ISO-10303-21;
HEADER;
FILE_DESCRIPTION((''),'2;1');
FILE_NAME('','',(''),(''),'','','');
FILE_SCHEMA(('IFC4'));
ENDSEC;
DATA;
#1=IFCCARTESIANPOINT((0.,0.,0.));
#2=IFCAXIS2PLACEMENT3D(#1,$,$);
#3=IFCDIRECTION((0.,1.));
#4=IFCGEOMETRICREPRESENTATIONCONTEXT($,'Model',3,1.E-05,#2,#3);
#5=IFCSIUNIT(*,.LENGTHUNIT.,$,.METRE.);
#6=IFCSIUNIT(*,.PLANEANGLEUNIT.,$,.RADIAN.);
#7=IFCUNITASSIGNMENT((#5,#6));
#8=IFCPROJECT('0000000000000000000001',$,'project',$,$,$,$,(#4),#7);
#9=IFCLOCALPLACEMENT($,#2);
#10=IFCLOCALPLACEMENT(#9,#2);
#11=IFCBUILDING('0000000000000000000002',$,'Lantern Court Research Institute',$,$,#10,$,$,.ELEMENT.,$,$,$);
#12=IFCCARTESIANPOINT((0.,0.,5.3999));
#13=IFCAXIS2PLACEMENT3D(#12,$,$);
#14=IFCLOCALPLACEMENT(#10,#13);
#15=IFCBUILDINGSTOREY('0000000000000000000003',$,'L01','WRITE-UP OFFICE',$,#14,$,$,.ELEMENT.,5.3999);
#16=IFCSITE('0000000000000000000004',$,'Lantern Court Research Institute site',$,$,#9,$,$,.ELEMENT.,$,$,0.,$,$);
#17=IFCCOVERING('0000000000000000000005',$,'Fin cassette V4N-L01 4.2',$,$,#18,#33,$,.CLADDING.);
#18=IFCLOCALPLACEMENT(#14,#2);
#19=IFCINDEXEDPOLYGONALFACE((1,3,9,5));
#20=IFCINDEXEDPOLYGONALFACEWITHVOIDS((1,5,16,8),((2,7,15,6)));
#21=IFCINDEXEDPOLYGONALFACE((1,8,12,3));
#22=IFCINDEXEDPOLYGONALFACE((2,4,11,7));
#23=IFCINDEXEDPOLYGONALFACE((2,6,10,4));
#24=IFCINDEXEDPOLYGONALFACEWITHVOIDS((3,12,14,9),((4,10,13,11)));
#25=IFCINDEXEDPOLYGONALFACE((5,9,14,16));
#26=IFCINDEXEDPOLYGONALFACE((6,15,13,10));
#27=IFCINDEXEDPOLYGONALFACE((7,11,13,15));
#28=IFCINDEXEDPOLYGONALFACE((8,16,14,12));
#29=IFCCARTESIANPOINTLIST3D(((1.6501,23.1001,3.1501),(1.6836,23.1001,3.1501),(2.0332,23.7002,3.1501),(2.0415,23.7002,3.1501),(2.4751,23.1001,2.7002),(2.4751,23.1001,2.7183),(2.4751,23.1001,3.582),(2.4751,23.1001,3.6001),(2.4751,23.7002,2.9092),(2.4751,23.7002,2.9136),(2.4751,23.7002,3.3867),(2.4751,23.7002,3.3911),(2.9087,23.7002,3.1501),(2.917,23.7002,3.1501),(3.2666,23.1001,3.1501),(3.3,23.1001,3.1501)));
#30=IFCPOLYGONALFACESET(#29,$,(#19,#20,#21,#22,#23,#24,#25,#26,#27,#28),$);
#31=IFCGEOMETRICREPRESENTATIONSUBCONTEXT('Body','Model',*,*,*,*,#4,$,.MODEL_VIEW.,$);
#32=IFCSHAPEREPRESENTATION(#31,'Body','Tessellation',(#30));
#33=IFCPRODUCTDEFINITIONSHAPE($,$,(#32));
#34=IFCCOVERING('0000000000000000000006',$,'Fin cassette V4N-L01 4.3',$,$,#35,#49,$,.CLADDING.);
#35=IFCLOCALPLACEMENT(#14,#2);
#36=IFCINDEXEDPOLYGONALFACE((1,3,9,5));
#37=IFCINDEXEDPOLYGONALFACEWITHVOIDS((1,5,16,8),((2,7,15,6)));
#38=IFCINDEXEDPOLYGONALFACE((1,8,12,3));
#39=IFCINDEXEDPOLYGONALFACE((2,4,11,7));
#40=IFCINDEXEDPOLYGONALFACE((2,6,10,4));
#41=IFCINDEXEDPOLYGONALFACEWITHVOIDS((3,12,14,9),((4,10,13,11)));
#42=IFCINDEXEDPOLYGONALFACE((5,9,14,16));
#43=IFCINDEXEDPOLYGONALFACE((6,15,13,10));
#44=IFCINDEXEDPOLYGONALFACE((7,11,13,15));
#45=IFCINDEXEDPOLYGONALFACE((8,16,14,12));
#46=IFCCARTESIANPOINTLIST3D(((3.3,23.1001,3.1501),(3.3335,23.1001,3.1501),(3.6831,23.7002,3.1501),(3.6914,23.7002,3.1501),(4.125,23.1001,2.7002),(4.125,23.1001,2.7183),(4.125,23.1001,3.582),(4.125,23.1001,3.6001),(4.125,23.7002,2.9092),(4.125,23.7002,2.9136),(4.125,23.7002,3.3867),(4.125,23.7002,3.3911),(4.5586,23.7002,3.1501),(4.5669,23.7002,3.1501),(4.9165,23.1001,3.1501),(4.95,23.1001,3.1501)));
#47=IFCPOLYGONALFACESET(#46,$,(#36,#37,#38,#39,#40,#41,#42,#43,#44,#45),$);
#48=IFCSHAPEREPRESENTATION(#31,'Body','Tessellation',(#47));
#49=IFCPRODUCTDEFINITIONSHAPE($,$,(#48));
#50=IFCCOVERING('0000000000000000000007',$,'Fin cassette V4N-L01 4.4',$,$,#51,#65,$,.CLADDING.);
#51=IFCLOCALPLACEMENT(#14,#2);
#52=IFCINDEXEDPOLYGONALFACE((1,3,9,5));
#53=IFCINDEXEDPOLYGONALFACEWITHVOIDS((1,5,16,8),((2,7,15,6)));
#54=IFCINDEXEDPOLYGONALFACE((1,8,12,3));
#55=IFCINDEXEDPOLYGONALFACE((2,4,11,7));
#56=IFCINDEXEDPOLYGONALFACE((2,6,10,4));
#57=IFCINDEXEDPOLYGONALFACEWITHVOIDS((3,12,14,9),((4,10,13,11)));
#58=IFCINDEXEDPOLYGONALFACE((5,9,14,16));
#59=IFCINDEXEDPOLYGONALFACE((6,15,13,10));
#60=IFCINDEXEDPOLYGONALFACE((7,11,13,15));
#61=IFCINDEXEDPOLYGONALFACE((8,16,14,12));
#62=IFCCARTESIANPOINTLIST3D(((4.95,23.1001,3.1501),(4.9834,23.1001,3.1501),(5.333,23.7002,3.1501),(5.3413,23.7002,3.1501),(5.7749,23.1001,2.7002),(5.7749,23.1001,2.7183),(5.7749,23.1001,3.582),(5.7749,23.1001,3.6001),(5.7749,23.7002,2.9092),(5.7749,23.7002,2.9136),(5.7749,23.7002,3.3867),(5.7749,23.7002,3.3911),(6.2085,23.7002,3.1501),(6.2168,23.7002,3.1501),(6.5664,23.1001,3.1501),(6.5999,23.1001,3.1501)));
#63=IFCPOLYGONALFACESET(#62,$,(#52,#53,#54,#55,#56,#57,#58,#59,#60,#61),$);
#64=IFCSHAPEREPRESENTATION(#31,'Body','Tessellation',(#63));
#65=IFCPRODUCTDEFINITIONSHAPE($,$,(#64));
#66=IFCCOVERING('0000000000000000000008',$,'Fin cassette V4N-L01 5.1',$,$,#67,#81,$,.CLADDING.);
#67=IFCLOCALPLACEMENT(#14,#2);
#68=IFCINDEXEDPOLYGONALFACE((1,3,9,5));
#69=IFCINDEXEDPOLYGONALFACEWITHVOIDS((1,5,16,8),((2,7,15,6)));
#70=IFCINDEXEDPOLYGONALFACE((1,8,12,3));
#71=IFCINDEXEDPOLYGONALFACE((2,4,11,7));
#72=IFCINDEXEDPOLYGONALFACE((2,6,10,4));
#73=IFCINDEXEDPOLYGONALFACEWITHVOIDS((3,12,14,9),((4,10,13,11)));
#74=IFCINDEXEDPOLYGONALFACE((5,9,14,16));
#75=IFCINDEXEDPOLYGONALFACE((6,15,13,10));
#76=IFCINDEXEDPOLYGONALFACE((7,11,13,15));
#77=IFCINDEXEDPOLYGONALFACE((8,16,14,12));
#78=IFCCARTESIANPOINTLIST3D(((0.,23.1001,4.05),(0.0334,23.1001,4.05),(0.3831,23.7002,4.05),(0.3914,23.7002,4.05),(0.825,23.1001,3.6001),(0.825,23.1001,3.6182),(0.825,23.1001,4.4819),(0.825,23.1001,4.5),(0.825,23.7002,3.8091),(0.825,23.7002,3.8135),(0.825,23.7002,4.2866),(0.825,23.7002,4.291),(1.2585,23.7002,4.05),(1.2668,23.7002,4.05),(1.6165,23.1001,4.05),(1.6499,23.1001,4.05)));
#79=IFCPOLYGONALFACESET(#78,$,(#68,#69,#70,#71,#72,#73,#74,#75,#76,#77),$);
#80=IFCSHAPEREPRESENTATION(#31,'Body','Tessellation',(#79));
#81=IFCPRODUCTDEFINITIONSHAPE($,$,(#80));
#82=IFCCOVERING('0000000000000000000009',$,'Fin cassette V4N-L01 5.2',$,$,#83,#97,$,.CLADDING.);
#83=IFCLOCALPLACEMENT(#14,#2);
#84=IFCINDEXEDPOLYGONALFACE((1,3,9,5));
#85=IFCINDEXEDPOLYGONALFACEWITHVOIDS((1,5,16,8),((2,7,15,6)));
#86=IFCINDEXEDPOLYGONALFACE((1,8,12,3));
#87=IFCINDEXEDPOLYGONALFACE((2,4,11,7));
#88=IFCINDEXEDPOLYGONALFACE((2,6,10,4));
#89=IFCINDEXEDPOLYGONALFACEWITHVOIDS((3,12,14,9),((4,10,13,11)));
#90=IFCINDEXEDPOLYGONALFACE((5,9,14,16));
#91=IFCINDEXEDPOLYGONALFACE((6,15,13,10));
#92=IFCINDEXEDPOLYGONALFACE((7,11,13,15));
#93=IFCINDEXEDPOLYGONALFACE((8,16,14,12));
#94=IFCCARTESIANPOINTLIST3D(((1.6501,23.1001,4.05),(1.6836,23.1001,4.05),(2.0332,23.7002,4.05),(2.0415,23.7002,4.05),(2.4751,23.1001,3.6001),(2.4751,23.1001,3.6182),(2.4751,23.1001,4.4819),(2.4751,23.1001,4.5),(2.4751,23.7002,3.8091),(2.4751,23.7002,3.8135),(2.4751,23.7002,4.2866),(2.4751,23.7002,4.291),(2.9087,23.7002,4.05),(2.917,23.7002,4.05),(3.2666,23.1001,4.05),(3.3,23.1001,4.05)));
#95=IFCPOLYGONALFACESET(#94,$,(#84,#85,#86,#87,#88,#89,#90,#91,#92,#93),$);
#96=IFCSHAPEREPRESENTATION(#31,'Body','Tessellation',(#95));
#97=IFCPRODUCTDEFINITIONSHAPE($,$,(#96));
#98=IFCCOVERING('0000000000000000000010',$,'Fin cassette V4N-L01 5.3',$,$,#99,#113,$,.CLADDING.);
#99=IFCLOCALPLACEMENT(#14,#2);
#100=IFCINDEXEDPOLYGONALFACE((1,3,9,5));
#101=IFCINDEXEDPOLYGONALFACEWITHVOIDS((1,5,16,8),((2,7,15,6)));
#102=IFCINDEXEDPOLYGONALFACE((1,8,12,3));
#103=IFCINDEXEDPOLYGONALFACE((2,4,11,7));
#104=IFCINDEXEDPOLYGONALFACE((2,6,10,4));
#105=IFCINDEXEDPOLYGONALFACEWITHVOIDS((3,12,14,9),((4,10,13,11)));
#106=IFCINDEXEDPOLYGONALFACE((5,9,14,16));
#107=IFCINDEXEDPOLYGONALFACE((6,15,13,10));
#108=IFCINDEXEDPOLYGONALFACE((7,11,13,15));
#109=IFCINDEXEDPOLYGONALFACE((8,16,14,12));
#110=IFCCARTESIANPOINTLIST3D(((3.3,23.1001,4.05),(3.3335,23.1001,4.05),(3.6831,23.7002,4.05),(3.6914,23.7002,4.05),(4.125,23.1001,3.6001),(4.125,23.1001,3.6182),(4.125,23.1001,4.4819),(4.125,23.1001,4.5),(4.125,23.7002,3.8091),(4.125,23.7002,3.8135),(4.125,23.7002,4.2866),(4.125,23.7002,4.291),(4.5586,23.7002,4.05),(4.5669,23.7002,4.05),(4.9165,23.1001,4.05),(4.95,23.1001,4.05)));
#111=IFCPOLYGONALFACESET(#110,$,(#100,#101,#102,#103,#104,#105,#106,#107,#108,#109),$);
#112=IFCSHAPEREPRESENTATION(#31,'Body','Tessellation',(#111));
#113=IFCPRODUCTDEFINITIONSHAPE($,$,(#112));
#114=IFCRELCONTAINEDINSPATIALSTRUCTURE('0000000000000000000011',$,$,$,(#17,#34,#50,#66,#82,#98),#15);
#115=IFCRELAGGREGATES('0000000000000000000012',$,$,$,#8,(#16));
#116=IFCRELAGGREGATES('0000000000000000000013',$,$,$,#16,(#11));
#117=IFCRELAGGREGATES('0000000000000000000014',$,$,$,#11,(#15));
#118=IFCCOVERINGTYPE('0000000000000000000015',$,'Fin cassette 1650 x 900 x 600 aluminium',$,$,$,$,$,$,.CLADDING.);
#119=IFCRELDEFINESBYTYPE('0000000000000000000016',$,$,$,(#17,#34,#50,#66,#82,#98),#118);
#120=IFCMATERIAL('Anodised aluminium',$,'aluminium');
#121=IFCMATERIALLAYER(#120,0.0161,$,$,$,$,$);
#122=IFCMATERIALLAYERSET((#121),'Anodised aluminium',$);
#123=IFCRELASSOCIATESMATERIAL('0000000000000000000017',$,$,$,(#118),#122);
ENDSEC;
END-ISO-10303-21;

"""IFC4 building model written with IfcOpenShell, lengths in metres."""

from ifc_helpers import new_model, entity, si_unit, direction, frame, origin, place, context, subcontext, project, spatial, material, layer, layer_set, type_object, element, save


model = new_model("IFC4")

# Units and contexts
model_context = context("Model", 3, precision=1e-05, world=origin(), true_north=direction((0.0, 1.0)))
body_context = subcontext(model_context, "Body", "Model", "MODEL_VIEW")
ifc_project = project(units=[si_unit("LENGTHUNIT", "METRE"), si_unit("PLANEANGLEUNIT", "RADIAN")], contexts=[model_context])

# Site, building, storey
site_placement = place(None, origin())
site = spatial("IfcSite", under=ifc_project, at=site_placement, Name="Lantern Court Research Institute site", CompositionType="ELEMENT", RefElevation=0.0)
building_placement = place(site_placement, origin())
building = spatial("IfcBuilding", under=site, at=building_placement, Name="Lantern Court Research Institute", CompositionType="ELEMENT")
storey_placement = place(building_placement, frame((0.0, 0.0, 5.3999)))
storey = spatial("IfcBuildingStorey", under=building, at=storey_placement, Name="L01", Description="WRITE-UP OFFICE", CompositionType="ELEMENT", Elevation=5.3999)

# Coverings
ifc_material_1 = material(Name="Anodised aluminium", Category="aluminium")
ifc_layer_1 = layer(ifc_material_1, 0.0161)
ifc_layer_set_1 = layer_set([ifc_layer_1], Name="Anodised aluminium")
covering_type = type_object("IfcCoveringType", Name="Fin cassette 1650 x 900 x 600 aluminium", PredefinedType="CLADDING", material=ifc_layer_set_1)
covering_1_placement = place(storey_placement, frame((2.4751, 23.1001, 3.1501), z_axis=(0.0, 1.0, 0.0), x_axis=(-1.0, 0.0, 0.0)))
cartesian_point_1 = entity("IfcCartesianPoint", [0.825, 0.0])
cartesian_point_2 = entity("IfcCartesianPoint", [0.7915, 0.0])
cartesian_point_3 = entity("IfcCartesianPoint", [0.4419, 0.0])
cartesian_point_4 = entity("IfcCartesianPoint", [0.4336, 0.0])
element("IfcCovering", 1, at=covering_1_placement, inside=storey, type_object=covering_type, Name="Fin cassette V4N-L01 4.2", PredefinedType="CLADDING", context=body_context, shape_type="SweptSolid", body=[
    entity("IfcExtrudedAreaSolidTapered", entity("IfcArbitraryProfileDefWithVoids", "AREA", None, entity("IfcPolyline", [cartesian_point_1, entity("IfcCartesianPoint", [0.0, 0.45]), entity("IfcCartesianPoint", [-0.825, 0.0]), entity("IfcCartesianPoint", [0.0, -0.45]), cartesian_point_1]), [entity("IfcPolyline", [cartesian_point_2, entity("IfcCartesianPoint", [0.0, 0.4319]), entity("IfcCartesianPoint", [-0.7915, 0.0]), entity("IfcCartesianPoint", [0.0, -0.4319]), cartesian_point_2])]), entity("IfcAxis2Placement3D", entity("IfcCartesianPoint", [0.0, 0.0, 0.0])), entity("IfcDirection", [0.0, 0.0, 1.0]), 0.6001, entity("IfcArbitraryProfileDefWithVoids", "AREA", None, entity("IfcPolyline", [cartesian_point_3, entity("IfcCartesianPoint", [0.0, 0.241]), entity("IfcCartesianPoint", [-0.4419, 0.0]), entity("IfcCartesianPoint", [0.0, -0.241]), cartesian_point_3]), [entity("IfcPolyline", [cartesian_point_4, entity("IfcCartesianPoint", [0.0, 0.2366]), entity("IfcCartesianPoint", [-0.4336, 0.0]), entity("IfcCartesianPoint", [0.0, -0.2366]), cartesian_point_4])])),
])
covering_2_placement = place(storey_placement, frame((4.125, 23.1001, 3.1501), z_axis=(0.0, 1.0, 0.0), x_axis=(-1.0, 0.0, 0.0)))
cartesian_point_5 = entity("IfcCartesianPoint", [0.825, 0.0])
cartesian_point_6 = entity("IfcCartesianPoint", [0.7915, 0.0])
cartesian_point_7 = entity("IfcCartesianPoint", [0.4419, 0.0])
cartesian_point_8 = entity("IfcCartesianPoint", [0.4336, 0.0])
element("IfcCovering", 2, at=covering_2_placement, inside=storey, type_object=covering_type, Name="Fin cassette V4N-L01 4.3", PredefinedType="CLADDING", context=body_context, shape_type="SweptSolid", body=[
    entity("IfcExtrudedAreaSolidTapered", entity("IfcArbitraryProfileDefWithVoids", "AREA", None, entity("IfcPolyline", [cartesian_point_5, entity("IfcCartesianPoint", [0.0, 0.45]), entity("IfcCartesianPoint", [-0.825, 0.0]), entity("IfcCartesianPoint", [0.0, -0.45]), cartesian_point_5]), [entity("IfcPolyline", [cartesian_point_6, entity("IfcCartesianPoint", [0.0, 0.4319]), entity("IfcCartesianPoint", [-0.7915, 0.0]), entity("IfcCartesianPoint", [0.0, -0.4319]), cartesian_point_6])]), entity("IfcAxis2Placement3D", entity("IfcCartesianPoint", [0.0, 0.0, 0.0])), entity("IfcDirection", [0.0, 0.0, 1.0]), 0.6001, entity("IfcArbitraryProfileDefWithVoids", "AREA", None, entity("IfcPolyline", [cartesian_point_7, entity("IfcCartesianPoint", [0.0, 0.241]), entity("IfcCartesianPoint", [-0.4419, 0.0]), entity("IfcCartesianPoint", [0.0, -0.241]), cartesian_point_7]), [entity("IfcPolyline", [cartesian_point_8, entity("IfcCartesianPoint", [0.0, 0.2366]), entity("IfcCartesianPoint", [-0.4336, 0.0]), entity("IfcCartesianPoint", [0.0, -0.2366]), cartesian_point_8])])),
])
covering_3_placement = place(storey_placement, frame((5.7749, 23.1001, 3.1501), z_axis=(0.0, 1.0, 0.0), x_axis=(-1.0, 0.0, 0.0)))
cartesian_point_9 = entity("IfcCartesianPoint", [0.825, 0.0])
cartesian_point_10 = entity("IfcCartesianPoint", [0.7915, 0.0])
cartesian_point_11 = entity("IfcCartesianPoint", [0.4419, 0.0])
cartesian_point_12 = entity("IfcCartesianPoint", [0.4336, 0.0])
element("IfcCovering", 3, at=covering_3_placement, inside=storey, type_object=covering_type, Name="Fin cassette V4N-L01 4.4", PredefinedType="CLADDING", context=body_context, shape_type="SweptSolid", body=[
    entity("IfcExtrudedAreaSolidTapered", entity("IfcArbitraryProfileDefWithVoids", "AREA", None, entity("IfcPolyline", [cartesian_point_9, entity("IfcCartesianPoint", [0.0, 0.45]), entity("IfcCartesianPoint", [-0.825, 0.0]), entity("IfcCartesianPoint", [0.0, -0.45]), cartesian_point_9]), [entity("IfcPolyline", [cartesian_point_10, entity("IfcCartesianPoint", [0.0, 0.4319]), entity("IfcCartesianPoint", [-0.7915, 0.0]), entity("IfcCartesianPoint", [0.0, -0.4319]), cartesian_point_10])]), entity("IfcAxis2Placement3D", entity("IfcCartesianPoint", [0.0, 0.0, 0.0])), entity("IfcDirection", [0.0, 0.0, 1.0]), 0.6001, entity("IfcArbitraryProfileDefWithVoids", "AREA", None, entity("IfcPolyline", [cartesian_point_11, entity("IfcCartesianPoint", [0.0, 0.241]), entity("IfcCartesianPoint", [-0.4419, 0.0]), entity("IfcCartesianPoint", [0.0, -0.241]), cartesian_point_11]), [entity("IfcPolyline", [cartesian_point_12, entity("IfcCartesianPoint", [0.0, 0.2366]), entity("IfcCartesianPoint", [-0.4336, 0.0]), entity("IfcCartesianPoint", [0.0, -0.2366]), cartesian_point_12])])),
])
covering_4_placement = place(storey_placement, frame((0.825, 23.1001, 4.05), z_axis=(0.0, 1.0, 0.0), x_axis=(-1.0, 0.0, 0.0)))
cartesian_point_13 = entity("IfcCartesianPoint", [0.825, 0.0])
cartesian_point_14 = entity("IfcCartesianPoint", [0.7915, 0.0])
cartesian_point_15 = entity("IfcCartesianPoint", [0.4419, 0.0])
cartesian_point_16 = entity("IfcCartesianPoint", [0.4336, 0.0])
element("IfcCovering", 4, at=covering_4_placement, inside=storey, type_object=covering_type, Name="Fin cassette V4N-L01 5.1", PredefinedType="CLADDING", context=body_context, shape_type="SweptSolid", body=[
    entity("IfcExtrudedAreaSolidTapered", entity("IfcArbitraryProfileDefWithVoids", "AREA", None, entity("IfcPolyline", [cartesian_point_13, entity("IfcCartesianPoint", [0.0, 0.45]), entity("IfcCartesianPoint", [-0.825, 0.0]), entity("IfcCartesianPoint", [0.0, -0.45]), cartesian_point_13]), [entity("IfcPolyline", [cartesian_point_14, entity("IfcCartesianPoint", [0.0, 0.4319]), entity("IfcCartesianPoint", [-0.7915, 0.0]), entity("IfcCartesianPoint", [0.0, -0.4319]), cartesian_point_14])]), entity("IfcAxis2Placement3D", entity("IfcCartesianPoint", [0.0, 0.0, 0.0])), entity("IfcDirection", [0.0, 0.0, 1.0]), 0.6001, entity("IfcArbitraryProfileDefWithVoids", "AREA", None, entity("IfcPolyline", [cartesian_point_15, entity("IfcCartesianPoint", [0.0, 0.241]), entity("IfcCartesianPoint", [-0.4419, 0.0]), entity("IfcCartesianPoint", [0.0, -0.241]), cartesian_point_15]), [entity("IfcPolyline", [cartesian_point_16, entity("IfcCartesianPoint", [0.0, 0.2366]), entity("IfcCartesianPoint", [-0.4336, 0.0]), entity("IfcCartesianPoint", [0.0, -0.2366]), cartesian_point_16])])),
])
covering_5_placement = place(storey_placement, frame((2.4751, 23.1001, 4.05), z_axis=(0.0, 1.0, 0.0), x_axis=(-1.0, 0.0, 0.0)))
cartesian_point_17 = entity("IfcCartesianPoint", [0.825, 0.0])
cartesian_point_18 = entity("IfcCartesianPoint", [0.7915, 0.0])
cartesian_point_19 = entity("IfcCartesianPoint", [0.4419, 0.0])
cartesian_point_20 = entity("IfcCartesianPoint", [0.4336, 0.0])
element("IfcCovering", 5, at=covering_5_placement, inside=storey, type_object=covering_type, Name="Fin cassette V4N-L01 5.2", PredefinedType="CLADDING", context=body_context, shape_type="SweptSolid", body=[
    entity("IfcExtrudedAreaSolidTapered", entity("IfcArbitraryProfileDefWithVoids", "AREA", None, entity("IfcPolyline", [cartesian_point_17, entity("IfcCartesianPoint", [0.0, 0.45]), entity("IfcCartesianPoint", [-0.825, 0.0]), entity("IfcCartesianPoint", [0.0, -0.45]), cartesian_point_17]), [entity("IfcPolyline", [cartesian_point_18, entity("IfcCartesianPoint", [0.0, 0.4319]), entity("IfcCartesianPoint", [-0.7915, 0.0]), entity("IfcCartesianPoint", [0.0, -0.4319]), cartesian_point_18])]), entity("IfcAxis2Placement3D", entity("IfcCartesianPoint", [0.0, 0.0, 0.0])), entity("IfcDirection", [0.0, 0.0, 1.0]), 0.6001, entity("IfcArbitraryProfileDefWithVoids", "AREA", None, entity("IfcPolyline", [cartesian_point_19, entity("IfcCartesianPoint", [0.0, 0.241]), entity("IfcCartesianPoint", [-0.4419, 0.0]), entity("IfcCartesianPoint", [0.0, -0.241]), cartesian_point_19]), [entity("IfcPolyline", [cartesian_point_20, entity("IfcCartesianPoint", [0.0, 0.2366]), entity("IfcCartesianPoint", [-0.4336, 0.0]), entity("IfcCartesianPoint", [0.0, -0.2366]), cartesian_point_20])])),
])
covering_6_placement = place(storey_placement, frame((4.125, 23.1001, 4.05), z_axis=(0.0, 1.0, 0.0), x_axis=(-1.0, 0.0, 0.0)))
cartesian_point_21 = entity("IfcCartesianPoint", [0.825, 0.0])
cartesian_point_22 = entity("IfcCartesianPoint", [0.7915, 0.0])
cartesian_point_23 = entity("IfcCartesianPoint", [0.4419, 0.0])
cartesian_point_24 = entity("IfcCartesianPoint", [0.4336, 0.0])
element("IfcCovering", 6, at=covering_6_placement, inside=storey, type_object=covering_type, Name="Fin cassette V4N-L01 5.3", PredefinedType="CLADDING", context=body_context, shape_type="SweptSolid", body=[
    entity("IfcExtrudedAreaSolidTapered", entity("IfcArbitraryProfileDefWithVoids", "AREA", None, entity("IfcPolyline", [cartesian_point_21, entity("IfcCartesianPoint", [0.0, 0.45]), entity("IfcCartesianPoint", [-0.825, 0.0]), entity("IfcCartesianPoint", [0.0, -0.45]), cartesian_point_21]), [entity("IfcPolyline", [cartesian_point_22, entity("IfcCartesianPoint", [0.0, 0.4319]), entity("IfcCartesianPoint", [-0.7915, 0.0]), entity("IfcCartesianPoint", [0.0, -0.4319]), cartesian_point_22])]), entity("IfcAxis2Placement3D", entity("IfcCartesianPoint", [0.0, 0.0, 0.0])), entity("IfcDirection", [0.0, 0.0, 1.0]), 0.6001, entity("IfcArbitraryProfileDefWithVoids", "AREA", None, entity("IfcPolyline", [cartesian_point_23, entity("IfcCartesianPoint", [0.0, 0.241]), entity("IfcCartesianPoint", [-0.4419, 0.0]), entity("IfcCartesianPoint", [0.0, -0.241]), cartesian_point_23]), [entity("IfcPolyline", [cartesian_point_24, entity("IfcCartesianPoint", [0.0, 0.2366]), entity("IfcCartesianPoint", [-0.4336, 0.0]), entity("IfcCartesianPoint", [0.0, -0.2366]), cartesian_point_24])])),
])

save(model, "model.ifc")
